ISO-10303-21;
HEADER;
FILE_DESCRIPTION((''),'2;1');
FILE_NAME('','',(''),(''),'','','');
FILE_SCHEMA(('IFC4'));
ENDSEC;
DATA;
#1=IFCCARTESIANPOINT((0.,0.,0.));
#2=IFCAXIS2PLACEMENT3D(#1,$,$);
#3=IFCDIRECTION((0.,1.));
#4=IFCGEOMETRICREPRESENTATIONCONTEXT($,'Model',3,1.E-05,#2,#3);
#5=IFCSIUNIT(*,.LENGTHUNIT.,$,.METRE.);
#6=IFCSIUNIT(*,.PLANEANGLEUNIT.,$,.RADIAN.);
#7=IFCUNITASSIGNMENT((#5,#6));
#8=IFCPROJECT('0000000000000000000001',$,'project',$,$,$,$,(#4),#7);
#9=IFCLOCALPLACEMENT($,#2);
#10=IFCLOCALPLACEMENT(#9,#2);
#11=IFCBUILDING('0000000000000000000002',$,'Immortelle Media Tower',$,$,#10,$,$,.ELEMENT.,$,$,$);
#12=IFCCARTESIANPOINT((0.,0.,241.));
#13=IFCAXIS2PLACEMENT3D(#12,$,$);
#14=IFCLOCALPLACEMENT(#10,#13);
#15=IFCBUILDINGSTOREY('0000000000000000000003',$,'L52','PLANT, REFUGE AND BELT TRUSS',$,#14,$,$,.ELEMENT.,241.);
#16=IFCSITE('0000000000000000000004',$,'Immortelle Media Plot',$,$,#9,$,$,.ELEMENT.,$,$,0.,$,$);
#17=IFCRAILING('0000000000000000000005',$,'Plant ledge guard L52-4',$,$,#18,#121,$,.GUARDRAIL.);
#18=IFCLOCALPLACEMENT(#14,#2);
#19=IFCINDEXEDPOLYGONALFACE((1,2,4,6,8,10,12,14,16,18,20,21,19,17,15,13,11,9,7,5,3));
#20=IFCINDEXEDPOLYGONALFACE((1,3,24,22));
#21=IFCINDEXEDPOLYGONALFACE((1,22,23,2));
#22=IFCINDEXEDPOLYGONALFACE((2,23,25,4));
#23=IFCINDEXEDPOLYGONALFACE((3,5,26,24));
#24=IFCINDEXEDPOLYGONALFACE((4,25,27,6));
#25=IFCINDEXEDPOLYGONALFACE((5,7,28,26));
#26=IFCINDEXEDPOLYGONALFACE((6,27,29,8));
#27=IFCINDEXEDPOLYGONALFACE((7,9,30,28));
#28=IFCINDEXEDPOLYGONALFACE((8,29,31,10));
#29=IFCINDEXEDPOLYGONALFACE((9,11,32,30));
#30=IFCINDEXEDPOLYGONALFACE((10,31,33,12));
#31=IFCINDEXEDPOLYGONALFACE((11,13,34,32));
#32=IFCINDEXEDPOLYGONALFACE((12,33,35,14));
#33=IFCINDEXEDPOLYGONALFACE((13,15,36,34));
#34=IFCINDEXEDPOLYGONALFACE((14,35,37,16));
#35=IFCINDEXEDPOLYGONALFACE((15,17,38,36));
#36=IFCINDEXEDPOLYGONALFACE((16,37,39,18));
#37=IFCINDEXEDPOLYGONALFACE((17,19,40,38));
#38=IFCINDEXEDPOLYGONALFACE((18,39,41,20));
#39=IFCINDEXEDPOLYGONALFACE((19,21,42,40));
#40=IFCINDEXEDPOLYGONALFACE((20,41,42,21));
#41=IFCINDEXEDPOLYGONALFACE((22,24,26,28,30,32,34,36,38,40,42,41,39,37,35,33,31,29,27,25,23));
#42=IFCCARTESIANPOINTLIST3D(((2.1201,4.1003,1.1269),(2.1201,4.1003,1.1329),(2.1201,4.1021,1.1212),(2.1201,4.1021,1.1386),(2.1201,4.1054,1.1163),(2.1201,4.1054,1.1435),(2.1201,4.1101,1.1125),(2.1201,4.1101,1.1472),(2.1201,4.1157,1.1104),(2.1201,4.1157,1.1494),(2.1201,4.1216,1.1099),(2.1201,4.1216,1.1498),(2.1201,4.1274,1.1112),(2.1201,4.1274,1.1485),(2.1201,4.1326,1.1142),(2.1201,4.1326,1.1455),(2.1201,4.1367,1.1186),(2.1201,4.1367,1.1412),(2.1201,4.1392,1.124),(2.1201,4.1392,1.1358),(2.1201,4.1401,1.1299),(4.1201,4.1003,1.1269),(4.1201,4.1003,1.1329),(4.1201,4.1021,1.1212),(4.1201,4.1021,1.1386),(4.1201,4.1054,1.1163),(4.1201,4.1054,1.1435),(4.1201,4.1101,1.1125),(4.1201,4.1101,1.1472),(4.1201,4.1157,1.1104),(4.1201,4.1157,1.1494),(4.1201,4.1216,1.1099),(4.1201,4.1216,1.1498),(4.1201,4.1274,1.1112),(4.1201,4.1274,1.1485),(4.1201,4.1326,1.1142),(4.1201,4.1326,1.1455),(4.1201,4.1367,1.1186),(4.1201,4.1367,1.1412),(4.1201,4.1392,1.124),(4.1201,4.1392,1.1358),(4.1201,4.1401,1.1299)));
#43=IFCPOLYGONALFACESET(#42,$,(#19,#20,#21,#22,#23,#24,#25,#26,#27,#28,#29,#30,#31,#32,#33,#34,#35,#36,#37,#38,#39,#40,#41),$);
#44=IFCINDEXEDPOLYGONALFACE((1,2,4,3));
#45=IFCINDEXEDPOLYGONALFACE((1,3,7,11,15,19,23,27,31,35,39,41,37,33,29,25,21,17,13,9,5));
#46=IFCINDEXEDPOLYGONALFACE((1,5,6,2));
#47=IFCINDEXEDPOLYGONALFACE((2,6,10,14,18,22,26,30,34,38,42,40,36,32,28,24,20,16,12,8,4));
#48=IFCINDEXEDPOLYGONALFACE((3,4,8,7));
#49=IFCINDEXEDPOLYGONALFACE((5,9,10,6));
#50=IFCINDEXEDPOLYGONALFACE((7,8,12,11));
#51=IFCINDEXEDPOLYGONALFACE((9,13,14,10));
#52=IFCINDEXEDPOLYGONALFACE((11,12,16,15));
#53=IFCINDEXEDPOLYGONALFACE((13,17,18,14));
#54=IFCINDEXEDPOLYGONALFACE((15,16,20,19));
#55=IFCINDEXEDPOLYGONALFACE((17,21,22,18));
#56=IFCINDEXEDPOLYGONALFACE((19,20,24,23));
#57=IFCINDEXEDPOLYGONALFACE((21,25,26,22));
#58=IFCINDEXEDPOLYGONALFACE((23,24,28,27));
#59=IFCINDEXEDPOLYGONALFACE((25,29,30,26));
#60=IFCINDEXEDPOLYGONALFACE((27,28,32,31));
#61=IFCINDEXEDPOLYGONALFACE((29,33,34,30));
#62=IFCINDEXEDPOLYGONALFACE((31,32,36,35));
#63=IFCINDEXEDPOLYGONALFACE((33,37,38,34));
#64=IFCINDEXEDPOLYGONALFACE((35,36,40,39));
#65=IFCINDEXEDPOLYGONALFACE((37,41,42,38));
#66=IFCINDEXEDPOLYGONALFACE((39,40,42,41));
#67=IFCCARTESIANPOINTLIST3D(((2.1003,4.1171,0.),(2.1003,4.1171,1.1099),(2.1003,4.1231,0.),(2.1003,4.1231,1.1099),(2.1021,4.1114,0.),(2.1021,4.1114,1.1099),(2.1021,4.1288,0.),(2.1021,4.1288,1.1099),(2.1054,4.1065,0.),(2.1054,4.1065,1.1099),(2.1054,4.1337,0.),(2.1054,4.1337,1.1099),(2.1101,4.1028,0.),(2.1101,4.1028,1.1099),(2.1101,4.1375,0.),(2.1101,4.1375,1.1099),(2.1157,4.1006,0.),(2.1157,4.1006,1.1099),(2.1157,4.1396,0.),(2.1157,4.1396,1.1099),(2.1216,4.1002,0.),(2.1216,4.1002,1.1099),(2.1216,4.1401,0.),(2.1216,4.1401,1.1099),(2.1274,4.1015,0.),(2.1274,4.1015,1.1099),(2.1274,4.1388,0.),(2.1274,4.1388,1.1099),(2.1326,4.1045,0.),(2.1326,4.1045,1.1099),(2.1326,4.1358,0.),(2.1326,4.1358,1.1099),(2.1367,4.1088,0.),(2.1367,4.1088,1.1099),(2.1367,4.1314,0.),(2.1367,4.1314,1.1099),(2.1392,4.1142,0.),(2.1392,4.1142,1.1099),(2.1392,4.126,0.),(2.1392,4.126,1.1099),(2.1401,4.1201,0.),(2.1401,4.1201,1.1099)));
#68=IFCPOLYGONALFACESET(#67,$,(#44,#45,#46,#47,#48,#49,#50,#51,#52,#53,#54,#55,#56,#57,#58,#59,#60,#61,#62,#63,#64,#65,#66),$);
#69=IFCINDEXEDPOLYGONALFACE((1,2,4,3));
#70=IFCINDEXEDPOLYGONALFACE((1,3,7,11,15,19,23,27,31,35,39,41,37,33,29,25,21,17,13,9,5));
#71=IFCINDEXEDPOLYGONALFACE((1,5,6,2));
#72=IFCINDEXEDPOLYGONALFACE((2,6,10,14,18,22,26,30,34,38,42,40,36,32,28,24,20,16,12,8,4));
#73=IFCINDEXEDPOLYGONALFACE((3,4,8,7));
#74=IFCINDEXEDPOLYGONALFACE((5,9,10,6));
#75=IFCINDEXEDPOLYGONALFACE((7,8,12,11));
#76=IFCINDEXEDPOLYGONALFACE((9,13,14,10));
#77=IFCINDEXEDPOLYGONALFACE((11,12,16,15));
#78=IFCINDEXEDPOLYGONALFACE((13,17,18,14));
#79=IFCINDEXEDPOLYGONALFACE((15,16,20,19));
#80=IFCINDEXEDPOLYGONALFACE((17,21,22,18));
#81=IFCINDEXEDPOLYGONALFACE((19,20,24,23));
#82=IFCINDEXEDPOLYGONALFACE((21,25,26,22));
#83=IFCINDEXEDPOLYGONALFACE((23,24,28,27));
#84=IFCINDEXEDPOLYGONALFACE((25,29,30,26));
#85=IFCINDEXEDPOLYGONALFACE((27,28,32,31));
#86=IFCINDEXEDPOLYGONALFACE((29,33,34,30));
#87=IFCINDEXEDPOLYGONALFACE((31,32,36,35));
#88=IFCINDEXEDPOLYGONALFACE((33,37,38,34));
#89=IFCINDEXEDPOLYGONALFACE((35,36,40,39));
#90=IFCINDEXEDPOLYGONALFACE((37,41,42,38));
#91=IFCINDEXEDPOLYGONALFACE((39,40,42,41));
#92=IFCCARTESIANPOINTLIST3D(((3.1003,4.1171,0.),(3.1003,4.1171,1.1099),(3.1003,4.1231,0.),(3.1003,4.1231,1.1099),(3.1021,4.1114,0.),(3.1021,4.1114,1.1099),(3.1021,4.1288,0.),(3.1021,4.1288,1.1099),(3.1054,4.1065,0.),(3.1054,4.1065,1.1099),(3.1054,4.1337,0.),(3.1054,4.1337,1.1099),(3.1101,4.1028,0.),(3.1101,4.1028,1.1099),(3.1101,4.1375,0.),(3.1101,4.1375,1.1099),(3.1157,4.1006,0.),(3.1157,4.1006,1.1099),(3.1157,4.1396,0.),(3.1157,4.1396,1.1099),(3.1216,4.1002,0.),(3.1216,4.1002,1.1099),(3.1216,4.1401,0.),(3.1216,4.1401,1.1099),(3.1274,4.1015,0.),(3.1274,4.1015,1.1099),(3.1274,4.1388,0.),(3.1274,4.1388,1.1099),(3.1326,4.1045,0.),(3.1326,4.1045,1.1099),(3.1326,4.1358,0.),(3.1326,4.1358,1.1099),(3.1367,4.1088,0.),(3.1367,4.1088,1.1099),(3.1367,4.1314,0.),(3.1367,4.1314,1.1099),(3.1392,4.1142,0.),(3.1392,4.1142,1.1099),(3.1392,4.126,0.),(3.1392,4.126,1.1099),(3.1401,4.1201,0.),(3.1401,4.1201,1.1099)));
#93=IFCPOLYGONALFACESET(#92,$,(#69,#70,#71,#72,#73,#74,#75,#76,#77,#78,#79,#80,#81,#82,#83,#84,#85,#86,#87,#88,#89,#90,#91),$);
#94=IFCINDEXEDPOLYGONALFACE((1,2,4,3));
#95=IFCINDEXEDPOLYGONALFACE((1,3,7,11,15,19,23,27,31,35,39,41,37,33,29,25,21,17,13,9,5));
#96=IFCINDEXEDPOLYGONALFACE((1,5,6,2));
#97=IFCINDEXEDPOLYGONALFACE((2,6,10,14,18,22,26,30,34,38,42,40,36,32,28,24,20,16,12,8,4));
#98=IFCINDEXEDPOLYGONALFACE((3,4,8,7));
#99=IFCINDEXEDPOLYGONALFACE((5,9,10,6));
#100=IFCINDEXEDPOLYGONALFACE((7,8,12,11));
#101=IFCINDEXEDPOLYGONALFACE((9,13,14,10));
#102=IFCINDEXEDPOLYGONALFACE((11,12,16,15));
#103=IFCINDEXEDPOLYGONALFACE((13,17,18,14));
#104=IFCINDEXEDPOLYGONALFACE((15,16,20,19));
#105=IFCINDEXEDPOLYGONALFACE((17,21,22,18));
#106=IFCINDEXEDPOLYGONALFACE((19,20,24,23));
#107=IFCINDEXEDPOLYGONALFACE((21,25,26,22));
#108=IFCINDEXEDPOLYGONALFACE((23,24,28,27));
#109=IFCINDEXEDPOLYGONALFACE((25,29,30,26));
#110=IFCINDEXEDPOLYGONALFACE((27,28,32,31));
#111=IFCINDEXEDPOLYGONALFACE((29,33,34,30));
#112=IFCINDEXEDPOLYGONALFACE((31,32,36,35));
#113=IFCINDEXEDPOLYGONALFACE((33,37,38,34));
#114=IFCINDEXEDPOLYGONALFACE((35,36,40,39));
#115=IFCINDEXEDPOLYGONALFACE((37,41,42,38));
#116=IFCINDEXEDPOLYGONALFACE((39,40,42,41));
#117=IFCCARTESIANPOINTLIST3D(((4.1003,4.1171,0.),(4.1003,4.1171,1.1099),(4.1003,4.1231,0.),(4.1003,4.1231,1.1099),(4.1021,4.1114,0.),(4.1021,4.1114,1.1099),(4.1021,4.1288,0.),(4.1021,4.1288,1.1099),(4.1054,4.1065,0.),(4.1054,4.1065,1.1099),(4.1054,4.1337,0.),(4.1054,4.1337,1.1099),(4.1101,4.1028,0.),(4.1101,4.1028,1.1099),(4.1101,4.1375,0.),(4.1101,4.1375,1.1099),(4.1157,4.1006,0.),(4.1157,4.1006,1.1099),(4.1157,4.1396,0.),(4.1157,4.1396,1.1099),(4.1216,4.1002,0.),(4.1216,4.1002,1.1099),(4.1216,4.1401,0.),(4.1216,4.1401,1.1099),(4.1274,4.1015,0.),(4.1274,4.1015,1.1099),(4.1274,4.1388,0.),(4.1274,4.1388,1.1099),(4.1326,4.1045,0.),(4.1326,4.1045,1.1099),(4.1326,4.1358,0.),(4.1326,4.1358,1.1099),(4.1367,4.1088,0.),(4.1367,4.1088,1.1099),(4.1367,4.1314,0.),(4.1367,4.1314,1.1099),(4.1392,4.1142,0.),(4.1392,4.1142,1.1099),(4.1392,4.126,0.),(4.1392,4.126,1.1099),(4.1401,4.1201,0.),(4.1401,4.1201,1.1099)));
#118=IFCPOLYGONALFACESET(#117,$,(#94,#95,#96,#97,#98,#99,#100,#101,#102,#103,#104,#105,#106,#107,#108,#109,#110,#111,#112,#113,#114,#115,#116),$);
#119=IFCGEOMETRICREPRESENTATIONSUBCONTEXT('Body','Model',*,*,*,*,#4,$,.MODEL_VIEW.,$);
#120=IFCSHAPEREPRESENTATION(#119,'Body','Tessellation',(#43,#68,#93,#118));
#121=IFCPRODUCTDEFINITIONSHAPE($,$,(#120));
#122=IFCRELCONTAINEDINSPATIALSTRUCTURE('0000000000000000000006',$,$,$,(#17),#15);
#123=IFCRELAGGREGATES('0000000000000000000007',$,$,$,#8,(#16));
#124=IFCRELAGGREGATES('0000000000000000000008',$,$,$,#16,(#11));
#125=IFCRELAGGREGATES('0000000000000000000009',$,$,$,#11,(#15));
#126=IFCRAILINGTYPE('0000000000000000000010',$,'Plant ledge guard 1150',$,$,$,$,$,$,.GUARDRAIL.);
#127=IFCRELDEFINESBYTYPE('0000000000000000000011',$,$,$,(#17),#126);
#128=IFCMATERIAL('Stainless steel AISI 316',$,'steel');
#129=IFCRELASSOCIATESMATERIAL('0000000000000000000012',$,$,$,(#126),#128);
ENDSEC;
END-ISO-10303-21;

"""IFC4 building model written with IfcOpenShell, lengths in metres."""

from ifc_helpers import new_model, si_unit, direction, frame, origin, origin_2d, place, context, subcontext, project, spatial, circle, extrude, material, type_object, element, save


model = new_model("IFC4")

# Units and contexts
model_context = context("Model", 3, precision=1e-05, world=origin(), true_north=direction((0.0, 1.0)))
body_context = subcontext(model_context, "Body", "Model", "MODEL_VIEW")
ifc_project = project(units=[si_unit("LENGTHUNIT", "METRE"), si_unit("PLANEANGLEUNIT", "RADIAN")], contexts=[model_context])

# Site, building, storey
site_placement = place(None, origin())
site = spatial("IfcSite", under=ifc_project, at=site_placement, Name="Immortelle Media Plot", CompositionType="ELEMENT", RefElevation=0.0)
building_placement = place(site_placement, origin())
building = spatial("IfcBuilding", under=site, at=building_placement, Name="Immortelle Media Tower", CompositionType="ELEMENT")
storey_placement = place(building_placement, frame((0.0, 0.0, 241.0)))
storey = spatial("IfcBuildingStorey", under=building, at=storey_placement, Name="L52", Description="PLANT, REFUGE AND BELT TRUSS", CompositionType="ELEMENT", Elevation=241.0)

# Railing
ifc_material_1 = material(Name="Stainless steel AISI 316", Category="steel")
railing_type = type_object("IfcRailingType", Name="Plant ledge guard 1150", PredefinedType="GUARDRAIL", material=ifc_material_1)
railing_1_placement = place(storey_placement, frame((2.1201, 4.1201, 0.0)))
element("IfcRailing", 1, at=railing_1_placement, inside=storey, type_object=railing_type, Name="Plant ledge guard L52-4", PredefinedType="GUARDRAIL", context=body_context, shape_type="SweptSolid", body=[
    extrude(circle(Radius=0.02, at=origin_2d()), frame((0.0, 0.0, 1.1299), z_axis=(1.0, 0.0, 0.0), x_axis=(0.0, 1.0, 0.0)), (0.0, 0.0, 1.0), 2.0),
    extrude(circle(Radius=0.02, at=origin_2d()), origin(), (0.0, 0.0, 1.0), 1.1099),
    extrude(circle(Radius=0.02, at=origin_2d()), frame((1.0, 0.0, 0.0)), (0.0, 0.0, 1.0), 1.1099),
    extrude(circle(Radius=0.02, at=origin_2d()), frame((2.0, 0.0, 0.0)), (0.0, 0.0, 1.0), 1.1099),
])

save(model, "model.ifc")
